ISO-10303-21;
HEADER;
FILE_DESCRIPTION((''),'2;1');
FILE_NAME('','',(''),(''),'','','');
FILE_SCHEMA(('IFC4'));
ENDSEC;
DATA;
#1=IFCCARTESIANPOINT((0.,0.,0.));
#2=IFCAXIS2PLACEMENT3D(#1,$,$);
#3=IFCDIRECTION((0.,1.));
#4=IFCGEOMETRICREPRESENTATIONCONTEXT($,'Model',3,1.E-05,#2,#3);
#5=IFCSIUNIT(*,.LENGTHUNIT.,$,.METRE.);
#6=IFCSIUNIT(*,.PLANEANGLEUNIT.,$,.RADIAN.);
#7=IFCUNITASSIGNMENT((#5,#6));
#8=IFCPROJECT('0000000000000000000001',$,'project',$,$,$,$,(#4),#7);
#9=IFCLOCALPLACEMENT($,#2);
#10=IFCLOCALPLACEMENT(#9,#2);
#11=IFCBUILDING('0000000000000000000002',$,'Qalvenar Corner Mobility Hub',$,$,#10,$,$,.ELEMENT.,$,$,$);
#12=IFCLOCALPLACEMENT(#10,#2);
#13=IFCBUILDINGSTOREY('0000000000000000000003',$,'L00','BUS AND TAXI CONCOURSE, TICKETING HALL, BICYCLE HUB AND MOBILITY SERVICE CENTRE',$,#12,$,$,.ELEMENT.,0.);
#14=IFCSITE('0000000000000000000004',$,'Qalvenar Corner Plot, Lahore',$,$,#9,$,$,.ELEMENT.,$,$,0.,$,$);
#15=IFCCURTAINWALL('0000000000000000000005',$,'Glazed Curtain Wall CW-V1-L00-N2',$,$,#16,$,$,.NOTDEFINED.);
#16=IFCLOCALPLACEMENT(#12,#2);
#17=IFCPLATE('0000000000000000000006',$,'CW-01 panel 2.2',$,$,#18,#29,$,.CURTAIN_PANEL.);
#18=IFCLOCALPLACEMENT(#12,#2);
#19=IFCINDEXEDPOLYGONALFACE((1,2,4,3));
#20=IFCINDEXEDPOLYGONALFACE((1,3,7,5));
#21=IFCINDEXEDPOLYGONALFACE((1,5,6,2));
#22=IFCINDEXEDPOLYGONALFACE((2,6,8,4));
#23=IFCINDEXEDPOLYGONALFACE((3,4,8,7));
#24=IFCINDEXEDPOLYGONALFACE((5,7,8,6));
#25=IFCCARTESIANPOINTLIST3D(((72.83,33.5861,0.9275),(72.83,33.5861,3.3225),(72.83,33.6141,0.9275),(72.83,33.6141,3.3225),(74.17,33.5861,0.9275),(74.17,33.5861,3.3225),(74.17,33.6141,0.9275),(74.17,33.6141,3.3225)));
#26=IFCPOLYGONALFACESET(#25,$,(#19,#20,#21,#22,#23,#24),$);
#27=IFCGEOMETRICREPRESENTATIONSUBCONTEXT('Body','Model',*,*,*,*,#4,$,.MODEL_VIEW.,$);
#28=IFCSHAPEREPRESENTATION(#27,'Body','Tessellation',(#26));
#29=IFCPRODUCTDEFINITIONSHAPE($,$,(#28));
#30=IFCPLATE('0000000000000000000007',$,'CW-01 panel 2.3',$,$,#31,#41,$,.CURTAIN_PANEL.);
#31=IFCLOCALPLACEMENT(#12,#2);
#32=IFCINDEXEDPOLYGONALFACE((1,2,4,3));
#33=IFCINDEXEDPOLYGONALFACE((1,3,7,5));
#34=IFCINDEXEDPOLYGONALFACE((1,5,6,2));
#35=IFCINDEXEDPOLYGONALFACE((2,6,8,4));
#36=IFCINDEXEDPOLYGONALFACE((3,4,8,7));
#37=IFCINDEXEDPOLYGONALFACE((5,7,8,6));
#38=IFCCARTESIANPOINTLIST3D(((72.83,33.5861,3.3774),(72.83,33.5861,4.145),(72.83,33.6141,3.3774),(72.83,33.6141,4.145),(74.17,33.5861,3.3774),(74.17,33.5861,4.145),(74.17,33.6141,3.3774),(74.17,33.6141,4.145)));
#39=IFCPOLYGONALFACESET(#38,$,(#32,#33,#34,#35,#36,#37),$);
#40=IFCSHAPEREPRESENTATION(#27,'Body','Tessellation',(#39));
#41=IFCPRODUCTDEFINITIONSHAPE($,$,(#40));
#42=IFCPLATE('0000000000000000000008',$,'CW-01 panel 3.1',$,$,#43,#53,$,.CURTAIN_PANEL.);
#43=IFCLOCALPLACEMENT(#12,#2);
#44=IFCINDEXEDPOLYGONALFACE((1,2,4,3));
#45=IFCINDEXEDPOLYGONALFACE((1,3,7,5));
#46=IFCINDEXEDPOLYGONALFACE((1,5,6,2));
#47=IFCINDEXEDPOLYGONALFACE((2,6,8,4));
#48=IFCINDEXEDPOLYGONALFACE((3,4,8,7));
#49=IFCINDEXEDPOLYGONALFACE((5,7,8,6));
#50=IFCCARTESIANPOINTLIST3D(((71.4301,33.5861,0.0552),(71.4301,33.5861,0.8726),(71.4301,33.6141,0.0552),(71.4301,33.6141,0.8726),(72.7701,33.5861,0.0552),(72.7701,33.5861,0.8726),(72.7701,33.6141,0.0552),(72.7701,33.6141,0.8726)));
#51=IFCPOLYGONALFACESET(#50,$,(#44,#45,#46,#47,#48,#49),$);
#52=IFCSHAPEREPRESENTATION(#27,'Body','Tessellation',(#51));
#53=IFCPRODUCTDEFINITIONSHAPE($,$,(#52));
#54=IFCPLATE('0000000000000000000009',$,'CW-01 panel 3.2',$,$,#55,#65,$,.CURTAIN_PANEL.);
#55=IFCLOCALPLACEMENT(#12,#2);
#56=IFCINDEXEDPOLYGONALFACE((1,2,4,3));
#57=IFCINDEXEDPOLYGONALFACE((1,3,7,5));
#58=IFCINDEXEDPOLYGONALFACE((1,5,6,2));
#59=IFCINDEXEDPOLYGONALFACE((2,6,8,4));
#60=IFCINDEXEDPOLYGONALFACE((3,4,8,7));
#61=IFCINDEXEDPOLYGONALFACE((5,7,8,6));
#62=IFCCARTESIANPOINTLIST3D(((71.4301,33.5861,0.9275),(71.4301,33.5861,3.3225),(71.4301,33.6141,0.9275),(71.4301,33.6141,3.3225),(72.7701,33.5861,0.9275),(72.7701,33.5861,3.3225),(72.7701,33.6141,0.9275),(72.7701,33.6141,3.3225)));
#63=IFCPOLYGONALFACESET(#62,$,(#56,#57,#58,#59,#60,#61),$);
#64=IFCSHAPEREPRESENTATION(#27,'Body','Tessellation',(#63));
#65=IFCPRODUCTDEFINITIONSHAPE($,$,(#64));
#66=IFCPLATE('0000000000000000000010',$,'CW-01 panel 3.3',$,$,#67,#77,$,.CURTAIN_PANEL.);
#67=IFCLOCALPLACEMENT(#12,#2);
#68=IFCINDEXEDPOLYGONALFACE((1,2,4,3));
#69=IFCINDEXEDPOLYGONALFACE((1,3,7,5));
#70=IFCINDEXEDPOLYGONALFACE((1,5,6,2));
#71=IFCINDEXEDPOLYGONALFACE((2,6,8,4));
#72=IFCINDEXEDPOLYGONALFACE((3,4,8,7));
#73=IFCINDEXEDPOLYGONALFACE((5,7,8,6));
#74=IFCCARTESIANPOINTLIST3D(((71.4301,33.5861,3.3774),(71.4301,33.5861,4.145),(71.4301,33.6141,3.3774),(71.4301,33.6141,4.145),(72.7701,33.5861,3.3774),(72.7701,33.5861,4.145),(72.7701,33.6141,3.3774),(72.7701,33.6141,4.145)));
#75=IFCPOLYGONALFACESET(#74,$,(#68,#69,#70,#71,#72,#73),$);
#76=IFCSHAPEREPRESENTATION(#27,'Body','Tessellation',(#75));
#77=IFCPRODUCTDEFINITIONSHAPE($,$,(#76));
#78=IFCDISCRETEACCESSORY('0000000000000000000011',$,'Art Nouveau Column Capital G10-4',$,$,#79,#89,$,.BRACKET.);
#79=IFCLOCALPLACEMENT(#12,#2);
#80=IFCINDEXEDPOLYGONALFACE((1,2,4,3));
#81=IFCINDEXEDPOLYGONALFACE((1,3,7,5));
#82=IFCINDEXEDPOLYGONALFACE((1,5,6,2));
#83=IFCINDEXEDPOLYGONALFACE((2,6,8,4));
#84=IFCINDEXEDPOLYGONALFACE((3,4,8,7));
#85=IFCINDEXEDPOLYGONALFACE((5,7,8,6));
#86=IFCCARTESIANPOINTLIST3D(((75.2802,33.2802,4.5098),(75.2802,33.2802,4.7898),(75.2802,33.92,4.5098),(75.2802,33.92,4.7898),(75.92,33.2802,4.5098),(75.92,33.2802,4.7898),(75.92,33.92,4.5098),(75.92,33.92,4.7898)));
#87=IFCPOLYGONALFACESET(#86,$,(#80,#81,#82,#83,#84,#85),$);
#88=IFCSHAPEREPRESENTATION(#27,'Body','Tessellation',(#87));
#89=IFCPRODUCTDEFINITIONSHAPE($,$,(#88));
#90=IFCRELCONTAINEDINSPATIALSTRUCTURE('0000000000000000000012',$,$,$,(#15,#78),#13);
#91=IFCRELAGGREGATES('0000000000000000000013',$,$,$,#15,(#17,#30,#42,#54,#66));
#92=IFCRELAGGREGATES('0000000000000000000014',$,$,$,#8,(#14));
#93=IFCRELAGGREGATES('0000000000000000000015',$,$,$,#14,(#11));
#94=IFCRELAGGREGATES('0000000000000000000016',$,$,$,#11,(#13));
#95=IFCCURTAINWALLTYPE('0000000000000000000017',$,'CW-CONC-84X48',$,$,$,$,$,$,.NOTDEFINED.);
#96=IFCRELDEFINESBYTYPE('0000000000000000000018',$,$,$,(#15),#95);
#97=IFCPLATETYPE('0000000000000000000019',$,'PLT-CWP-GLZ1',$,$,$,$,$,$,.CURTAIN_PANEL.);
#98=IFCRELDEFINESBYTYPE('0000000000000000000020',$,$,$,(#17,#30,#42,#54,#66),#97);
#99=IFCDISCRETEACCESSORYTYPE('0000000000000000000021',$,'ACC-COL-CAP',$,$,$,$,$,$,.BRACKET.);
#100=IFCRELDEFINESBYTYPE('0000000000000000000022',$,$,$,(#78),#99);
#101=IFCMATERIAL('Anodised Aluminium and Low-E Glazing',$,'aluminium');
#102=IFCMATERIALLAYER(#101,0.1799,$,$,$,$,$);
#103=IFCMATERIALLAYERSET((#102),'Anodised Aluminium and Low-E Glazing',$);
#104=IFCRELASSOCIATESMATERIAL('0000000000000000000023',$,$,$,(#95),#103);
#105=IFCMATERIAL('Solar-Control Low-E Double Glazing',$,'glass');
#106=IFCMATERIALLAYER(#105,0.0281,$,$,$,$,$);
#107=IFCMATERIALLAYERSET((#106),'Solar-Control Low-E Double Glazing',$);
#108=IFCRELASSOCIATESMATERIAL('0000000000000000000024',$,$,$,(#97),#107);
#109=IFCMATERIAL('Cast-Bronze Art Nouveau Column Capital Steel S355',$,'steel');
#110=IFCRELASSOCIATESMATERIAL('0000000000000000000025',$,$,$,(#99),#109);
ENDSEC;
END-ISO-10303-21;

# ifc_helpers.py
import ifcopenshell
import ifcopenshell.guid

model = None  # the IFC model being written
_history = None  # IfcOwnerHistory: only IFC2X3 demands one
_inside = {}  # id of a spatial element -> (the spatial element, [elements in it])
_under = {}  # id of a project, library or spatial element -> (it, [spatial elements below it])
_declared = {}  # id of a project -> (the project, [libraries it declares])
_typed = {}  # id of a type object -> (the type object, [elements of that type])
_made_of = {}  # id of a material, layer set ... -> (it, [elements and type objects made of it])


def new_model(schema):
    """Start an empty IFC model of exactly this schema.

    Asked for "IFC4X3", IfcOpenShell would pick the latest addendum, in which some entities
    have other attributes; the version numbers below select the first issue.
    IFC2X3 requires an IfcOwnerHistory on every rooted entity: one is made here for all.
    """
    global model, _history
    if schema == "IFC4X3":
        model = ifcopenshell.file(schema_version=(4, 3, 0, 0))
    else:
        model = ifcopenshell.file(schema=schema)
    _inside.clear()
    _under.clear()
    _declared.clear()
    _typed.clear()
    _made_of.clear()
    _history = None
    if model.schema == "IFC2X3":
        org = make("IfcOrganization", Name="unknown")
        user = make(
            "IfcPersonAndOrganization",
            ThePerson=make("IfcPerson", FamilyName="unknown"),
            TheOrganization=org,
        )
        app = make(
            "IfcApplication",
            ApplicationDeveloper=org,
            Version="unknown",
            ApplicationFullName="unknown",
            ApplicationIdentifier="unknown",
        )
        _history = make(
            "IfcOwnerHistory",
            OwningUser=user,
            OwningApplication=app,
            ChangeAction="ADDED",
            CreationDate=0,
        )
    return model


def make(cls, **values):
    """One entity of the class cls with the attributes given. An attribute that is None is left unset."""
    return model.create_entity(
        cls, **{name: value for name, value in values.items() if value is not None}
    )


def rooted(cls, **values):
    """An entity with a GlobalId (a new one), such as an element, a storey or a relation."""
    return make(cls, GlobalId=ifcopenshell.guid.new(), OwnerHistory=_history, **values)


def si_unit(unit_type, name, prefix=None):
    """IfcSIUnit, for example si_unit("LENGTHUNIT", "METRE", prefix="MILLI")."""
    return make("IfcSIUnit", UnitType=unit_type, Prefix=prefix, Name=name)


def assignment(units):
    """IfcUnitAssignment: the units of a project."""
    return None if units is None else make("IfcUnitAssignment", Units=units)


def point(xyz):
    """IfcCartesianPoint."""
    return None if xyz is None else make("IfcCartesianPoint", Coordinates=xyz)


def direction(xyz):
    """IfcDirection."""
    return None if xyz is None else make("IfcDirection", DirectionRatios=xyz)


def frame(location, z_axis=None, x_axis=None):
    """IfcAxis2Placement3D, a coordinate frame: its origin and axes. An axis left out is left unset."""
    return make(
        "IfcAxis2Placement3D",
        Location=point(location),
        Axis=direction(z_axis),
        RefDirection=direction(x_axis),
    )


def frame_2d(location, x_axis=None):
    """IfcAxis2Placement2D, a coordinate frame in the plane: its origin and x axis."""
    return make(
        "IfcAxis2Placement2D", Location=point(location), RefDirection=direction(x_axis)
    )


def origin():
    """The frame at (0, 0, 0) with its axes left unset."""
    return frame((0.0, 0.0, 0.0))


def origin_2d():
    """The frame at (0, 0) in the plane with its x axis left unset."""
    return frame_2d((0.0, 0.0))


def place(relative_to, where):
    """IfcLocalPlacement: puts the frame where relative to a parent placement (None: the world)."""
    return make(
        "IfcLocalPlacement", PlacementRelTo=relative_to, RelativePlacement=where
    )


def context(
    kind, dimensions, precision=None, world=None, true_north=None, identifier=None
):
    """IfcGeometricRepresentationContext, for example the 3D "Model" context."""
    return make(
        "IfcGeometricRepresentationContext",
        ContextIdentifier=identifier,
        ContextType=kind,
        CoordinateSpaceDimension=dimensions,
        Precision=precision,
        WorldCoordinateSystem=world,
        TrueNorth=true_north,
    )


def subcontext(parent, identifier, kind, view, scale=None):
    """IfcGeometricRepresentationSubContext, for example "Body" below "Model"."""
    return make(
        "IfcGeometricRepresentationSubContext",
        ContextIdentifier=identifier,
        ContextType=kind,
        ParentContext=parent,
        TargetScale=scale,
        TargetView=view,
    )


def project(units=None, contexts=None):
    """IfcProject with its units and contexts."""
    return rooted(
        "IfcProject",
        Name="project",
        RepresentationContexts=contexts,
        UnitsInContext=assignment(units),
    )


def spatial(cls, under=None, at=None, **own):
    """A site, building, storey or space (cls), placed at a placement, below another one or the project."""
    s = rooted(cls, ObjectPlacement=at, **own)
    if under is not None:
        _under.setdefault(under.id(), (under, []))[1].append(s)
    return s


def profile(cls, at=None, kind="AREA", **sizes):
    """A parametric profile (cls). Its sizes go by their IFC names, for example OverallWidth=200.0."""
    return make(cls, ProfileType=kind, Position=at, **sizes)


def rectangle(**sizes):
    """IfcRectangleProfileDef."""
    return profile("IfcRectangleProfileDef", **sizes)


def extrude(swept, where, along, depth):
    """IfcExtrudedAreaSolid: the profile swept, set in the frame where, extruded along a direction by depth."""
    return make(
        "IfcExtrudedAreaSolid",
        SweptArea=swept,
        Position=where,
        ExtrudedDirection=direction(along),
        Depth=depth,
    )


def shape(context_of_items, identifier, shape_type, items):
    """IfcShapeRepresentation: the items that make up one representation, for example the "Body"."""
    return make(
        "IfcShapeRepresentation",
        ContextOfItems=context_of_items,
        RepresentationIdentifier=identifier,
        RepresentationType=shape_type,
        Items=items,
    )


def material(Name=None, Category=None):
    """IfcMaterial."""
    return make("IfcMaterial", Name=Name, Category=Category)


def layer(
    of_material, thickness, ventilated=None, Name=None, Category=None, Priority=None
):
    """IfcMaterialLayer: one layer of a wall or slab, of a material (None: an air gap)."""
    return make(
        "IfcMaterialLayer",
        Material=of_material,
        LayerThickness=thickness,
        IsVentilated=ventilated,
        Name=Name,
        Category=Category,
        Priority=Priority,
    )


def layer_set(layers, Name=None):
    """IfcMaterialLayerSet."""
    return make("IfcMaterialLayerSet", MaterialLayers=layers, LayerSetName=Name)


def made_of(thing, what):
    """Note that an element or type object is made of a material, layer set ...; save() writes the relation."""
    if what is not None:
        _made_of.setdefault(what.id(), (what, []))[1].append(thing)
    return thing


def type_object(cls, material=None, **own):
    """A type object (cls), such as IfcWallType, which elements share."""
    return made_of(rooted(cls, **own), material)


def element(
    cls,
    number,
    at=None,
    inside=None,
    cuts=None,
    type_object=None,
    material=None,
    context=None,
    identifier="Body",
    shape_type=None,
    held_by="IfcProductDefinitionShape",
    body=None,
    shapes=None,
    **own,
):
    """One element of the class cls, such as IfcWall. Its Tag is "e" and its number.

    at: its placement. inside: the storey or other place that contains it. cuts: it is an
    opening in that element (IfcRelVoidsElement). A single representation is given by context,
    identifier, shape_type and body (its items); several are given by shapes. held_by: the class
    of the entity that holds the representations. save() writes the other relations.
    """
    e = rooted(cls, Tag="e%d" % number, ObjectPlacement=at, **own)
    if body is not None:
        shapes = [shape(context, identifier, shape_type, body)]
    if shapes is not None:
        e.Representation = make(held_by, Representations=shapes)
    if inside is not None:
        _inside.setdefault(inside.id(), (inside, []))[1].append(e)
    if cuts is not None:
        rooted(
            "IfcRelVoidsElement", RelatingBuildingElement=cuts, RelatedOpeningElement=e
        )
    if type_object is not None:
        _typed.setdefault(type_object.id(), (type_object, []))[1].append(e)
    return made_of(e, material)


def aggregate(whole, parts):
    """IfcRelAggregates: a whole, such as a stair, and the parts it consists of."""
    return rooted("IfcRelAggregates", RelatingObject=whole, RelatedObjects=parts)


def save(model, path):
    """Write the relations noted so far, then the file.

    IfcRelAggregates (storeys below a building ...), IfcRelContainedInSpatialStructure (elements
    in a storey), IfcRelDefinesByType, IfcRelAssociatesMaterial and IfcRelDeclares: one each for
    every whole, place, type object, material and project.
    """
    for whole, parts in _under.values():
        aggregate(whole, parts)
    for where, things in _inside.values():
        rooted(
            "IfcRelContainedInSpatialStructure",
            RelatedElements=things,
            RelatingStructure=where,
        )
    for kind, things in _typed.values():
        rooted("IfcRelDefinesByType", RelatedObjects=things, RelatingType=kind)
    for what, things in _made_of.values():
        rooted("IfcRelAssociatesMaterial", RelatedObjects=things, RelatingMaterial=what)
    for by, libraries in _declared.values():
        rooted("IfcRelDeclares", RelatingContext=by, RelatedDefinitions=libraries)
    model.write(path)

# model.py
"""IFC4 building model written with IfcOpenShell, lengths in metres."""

from ifc_helpers import new_model, si_unit, direction, frame, origin, origin_2d, place, context, subcontext, project, spatial, rectangle, extrude, material, layer, layer_set, type_object, element, aggregate, save


model = new_model("IFC4")

# Units and contexts
model_context = context("Model", 3, precision=1e-05, world=origin(), true_north=direction((0.0, 1.0)))
body_context = subcontext(model_context, "Body", "Model", "MODEL_VIEW")
ifc_project = project(units=[si_unit("LENGTHUNIT", "METRE"), si_unit("PLANEANGLEUNIT", "RADIAN")], contexts=[model_context])

# Site, building, storey
site_placement = place(None, origin())
site = spatial("IfcSite", under=ifc_project, at=site_placement, Name="Qalvenar Corner Plot, Lahore", CompositionType="ELEMENT", RefElevation=0.0)
building_placement = place(site_placement, origin())
building = spatial("IfcBuilding", under=site, at=building_placement, Name="Qalvenar Corner Mobility Hub", CompositionType="ELEMENT")
storey_placement = place(building_placement, origin())
storey = spatial("IfcBuildingStorey", under=building, at=storey_placement, Name="L00", Description="BUS AND TAXI CONCOURSE, TICKETING HALL, BICYCLE HUB AND MOBILITY SERVICE CENTRE", CompositionType="ELEMENT", Elevation=0.0)

# Curtain wall, plates
ifc_material_1 = material(Name="Anodised Aluminium and Low-E Glazing", Category="aluminium")
ifc_layer_1 = layer(ifc_material_1, 0.1799)
ifc_layer_set_1 = layer_set([ifc_layer_1], Name="Anodised Aluminium and Low-E Glazing")
curtain_wall_type = type_object("IfcCurtainWallType", Name="CW-CONC-84X48", PredefinedType="NOTDEFINED", material=ifc_layer_set_1)
curtain_wall_placement = place(storey_placement, origin())
curtain_wall = element("IfcCurtainWall", 1, at=curtain_wall_placement, inside=storey, type_object=curtain_wall_type, Name="Glazed Curtain Wall CW-V1-L00-N2", PredefinedType="NOTDEFINED")
ifc_material_2 = material(Name="Solar-Control Low-E Double Glazing", Category="glass")
ifc_layer_2 = layer(ifc_material_2, 0.0281)
ifc_layer_set_2 = layer_set([ifc_layer_2], Name="Solar-Control Low-E Double Glazing")
plate_type = type_object("IfcPlateType", Name="PLT-CWP-GLZ1", PredefinedType="CURTAIN_PANEL", material=ifc_layer_set_2)
plate_1_placement = place(storey_placement, frame((73.5, 33.6001, 0.9275), z_axis=(0.0, 0.0, 1.0), x_axis=(-1.0, 0.0, 0.0)))
plate_1 = element("IfcPlate", 2, at=plate_1_placement, type_object=plate_type, Name="CW-01 panel 2.2", PredefinedType="CURTAIN_PANEL", context=body_context, shape_type="SweptSolid", body=[
    extrude(rectangle(XDim=1.3401, YDim=0.0281, at=origin_2d()), origin(), (0.0, 0.0, 1.0), 2.395),
])
plate_2_placement = place(storey_placement, frame((73.5, 33.6001, 3.3774), z_axis=(0.0, 0.0, 1.0), x_axis=(-1.0, 0.0, 0.0)))
plate_2 = element("IfcPlate", 3, at=plate_2_placement, type_object=plate_type, Name="CW-01 panel 2.3", PredefinedType="CURTAIN_PANEL", context=body_context, shape_type="SweptSolid", body=[
    extrude(rectangle(XDim=1.3401, YDim=0.0281, at=origin_2d()), origin(), (0.0, 0.0, 1.0), 0.7676),
])
plate_3_placement = place(storey_placement, frame((72.1001, 33.6001, 0.0552), z_axis=(0.0, 0.0, 1.0), x_axis=(-1.0, 0.0, 0.0)))
plate_3 = element("IfcPlate", 4, at=plate_3_placement, type_object=plate_type, Name="CW-01 panel 3.1", PredefinedType="CURTAIN_PANEL", context=body_context, shape_type="SweptSolid", body=[
    extrude(rectangle(XDim=1.3401, YDim=0.0281, at=origin_2d()), origin(), (0.0, 0.0, 1.0), 0.8174),
])
plate_4_placement = place(storey_placement, frame((72.1001, 33.6001, 0.9275), z_axis=(0.0, 0.0, 1.0), x_axis=(-1.0, 0.0, 0.0)))
plate_4 = element("IfcPlate", 5, at=plate_4_placement, type_object=plate_type, Name="CW-01 panel 3.2", PredefinedType="CURTAIN_PANEL", context=body_context, shape_type="SweptSolid", body=[
    extrude(rectangle(XDim=1.3401, YDim=0.0281, at=origin_2d()), origin(), (0.0, 0.0, 1.0), 2.395),
])
plate_5_placement = place(storey_placement, frame((72.1001, 33.6001, 3.3774), z_axis=(0.0, 0.0, 1.0), x_axis=(-1.0, 0.0, 0.0)))
plate_5 = element("IfcPlate", 6, at=plate_5_placement, type_object=plate_type, Name="CW-01 panel 3.3", PredefinedType="CURTAIN_PANEL", context=body_context, shape_type="SweptSolid", body=[
    extrude(rectangle(XDim=1.3401, YDim=0.0281, at=origin_2d()), origin(), (0.0, 0.0, 1.0), 0.7676),
])
aggregate(curtain_wall, [plate_1, plate_2, plate_3, plate_4, plate_5])

# Discrete accessory
ifc_material_3 = material(Name="Cast-Bronze Art Nouveau Column Capital Steel S355", Category="steel")
discrete_accessory_type = type_object("IfcDiscreteAccessoryType", Name="ACC-COL-CAP", PredefinedType="BRACKET", material=ifc_material_3)
discrete_accessory_placement = place(storey_placement, frame((75.6001, 33.6001, 4.5098), z_axis=(0.0, 0.0, 1.0), x_axis=(1.0, 0.0, 0.0)))
element("IfcDiscreteAccessory", 7, at=discrete_accessory_placement, inside=storey, type_object=discrete_accessory_type, Name="Art Nouveau Column Capital G10-4", PredefinedType="BRACKET", context=body_context, shape_type="SweptSolid", body=[
    extrude(rectangle(XDim=0.6399, YDim=0.6399, at=origin_2d()), origin(), (0.0, 0.0, 1.0), 0.28),
])

save(model, "model.ifc")
